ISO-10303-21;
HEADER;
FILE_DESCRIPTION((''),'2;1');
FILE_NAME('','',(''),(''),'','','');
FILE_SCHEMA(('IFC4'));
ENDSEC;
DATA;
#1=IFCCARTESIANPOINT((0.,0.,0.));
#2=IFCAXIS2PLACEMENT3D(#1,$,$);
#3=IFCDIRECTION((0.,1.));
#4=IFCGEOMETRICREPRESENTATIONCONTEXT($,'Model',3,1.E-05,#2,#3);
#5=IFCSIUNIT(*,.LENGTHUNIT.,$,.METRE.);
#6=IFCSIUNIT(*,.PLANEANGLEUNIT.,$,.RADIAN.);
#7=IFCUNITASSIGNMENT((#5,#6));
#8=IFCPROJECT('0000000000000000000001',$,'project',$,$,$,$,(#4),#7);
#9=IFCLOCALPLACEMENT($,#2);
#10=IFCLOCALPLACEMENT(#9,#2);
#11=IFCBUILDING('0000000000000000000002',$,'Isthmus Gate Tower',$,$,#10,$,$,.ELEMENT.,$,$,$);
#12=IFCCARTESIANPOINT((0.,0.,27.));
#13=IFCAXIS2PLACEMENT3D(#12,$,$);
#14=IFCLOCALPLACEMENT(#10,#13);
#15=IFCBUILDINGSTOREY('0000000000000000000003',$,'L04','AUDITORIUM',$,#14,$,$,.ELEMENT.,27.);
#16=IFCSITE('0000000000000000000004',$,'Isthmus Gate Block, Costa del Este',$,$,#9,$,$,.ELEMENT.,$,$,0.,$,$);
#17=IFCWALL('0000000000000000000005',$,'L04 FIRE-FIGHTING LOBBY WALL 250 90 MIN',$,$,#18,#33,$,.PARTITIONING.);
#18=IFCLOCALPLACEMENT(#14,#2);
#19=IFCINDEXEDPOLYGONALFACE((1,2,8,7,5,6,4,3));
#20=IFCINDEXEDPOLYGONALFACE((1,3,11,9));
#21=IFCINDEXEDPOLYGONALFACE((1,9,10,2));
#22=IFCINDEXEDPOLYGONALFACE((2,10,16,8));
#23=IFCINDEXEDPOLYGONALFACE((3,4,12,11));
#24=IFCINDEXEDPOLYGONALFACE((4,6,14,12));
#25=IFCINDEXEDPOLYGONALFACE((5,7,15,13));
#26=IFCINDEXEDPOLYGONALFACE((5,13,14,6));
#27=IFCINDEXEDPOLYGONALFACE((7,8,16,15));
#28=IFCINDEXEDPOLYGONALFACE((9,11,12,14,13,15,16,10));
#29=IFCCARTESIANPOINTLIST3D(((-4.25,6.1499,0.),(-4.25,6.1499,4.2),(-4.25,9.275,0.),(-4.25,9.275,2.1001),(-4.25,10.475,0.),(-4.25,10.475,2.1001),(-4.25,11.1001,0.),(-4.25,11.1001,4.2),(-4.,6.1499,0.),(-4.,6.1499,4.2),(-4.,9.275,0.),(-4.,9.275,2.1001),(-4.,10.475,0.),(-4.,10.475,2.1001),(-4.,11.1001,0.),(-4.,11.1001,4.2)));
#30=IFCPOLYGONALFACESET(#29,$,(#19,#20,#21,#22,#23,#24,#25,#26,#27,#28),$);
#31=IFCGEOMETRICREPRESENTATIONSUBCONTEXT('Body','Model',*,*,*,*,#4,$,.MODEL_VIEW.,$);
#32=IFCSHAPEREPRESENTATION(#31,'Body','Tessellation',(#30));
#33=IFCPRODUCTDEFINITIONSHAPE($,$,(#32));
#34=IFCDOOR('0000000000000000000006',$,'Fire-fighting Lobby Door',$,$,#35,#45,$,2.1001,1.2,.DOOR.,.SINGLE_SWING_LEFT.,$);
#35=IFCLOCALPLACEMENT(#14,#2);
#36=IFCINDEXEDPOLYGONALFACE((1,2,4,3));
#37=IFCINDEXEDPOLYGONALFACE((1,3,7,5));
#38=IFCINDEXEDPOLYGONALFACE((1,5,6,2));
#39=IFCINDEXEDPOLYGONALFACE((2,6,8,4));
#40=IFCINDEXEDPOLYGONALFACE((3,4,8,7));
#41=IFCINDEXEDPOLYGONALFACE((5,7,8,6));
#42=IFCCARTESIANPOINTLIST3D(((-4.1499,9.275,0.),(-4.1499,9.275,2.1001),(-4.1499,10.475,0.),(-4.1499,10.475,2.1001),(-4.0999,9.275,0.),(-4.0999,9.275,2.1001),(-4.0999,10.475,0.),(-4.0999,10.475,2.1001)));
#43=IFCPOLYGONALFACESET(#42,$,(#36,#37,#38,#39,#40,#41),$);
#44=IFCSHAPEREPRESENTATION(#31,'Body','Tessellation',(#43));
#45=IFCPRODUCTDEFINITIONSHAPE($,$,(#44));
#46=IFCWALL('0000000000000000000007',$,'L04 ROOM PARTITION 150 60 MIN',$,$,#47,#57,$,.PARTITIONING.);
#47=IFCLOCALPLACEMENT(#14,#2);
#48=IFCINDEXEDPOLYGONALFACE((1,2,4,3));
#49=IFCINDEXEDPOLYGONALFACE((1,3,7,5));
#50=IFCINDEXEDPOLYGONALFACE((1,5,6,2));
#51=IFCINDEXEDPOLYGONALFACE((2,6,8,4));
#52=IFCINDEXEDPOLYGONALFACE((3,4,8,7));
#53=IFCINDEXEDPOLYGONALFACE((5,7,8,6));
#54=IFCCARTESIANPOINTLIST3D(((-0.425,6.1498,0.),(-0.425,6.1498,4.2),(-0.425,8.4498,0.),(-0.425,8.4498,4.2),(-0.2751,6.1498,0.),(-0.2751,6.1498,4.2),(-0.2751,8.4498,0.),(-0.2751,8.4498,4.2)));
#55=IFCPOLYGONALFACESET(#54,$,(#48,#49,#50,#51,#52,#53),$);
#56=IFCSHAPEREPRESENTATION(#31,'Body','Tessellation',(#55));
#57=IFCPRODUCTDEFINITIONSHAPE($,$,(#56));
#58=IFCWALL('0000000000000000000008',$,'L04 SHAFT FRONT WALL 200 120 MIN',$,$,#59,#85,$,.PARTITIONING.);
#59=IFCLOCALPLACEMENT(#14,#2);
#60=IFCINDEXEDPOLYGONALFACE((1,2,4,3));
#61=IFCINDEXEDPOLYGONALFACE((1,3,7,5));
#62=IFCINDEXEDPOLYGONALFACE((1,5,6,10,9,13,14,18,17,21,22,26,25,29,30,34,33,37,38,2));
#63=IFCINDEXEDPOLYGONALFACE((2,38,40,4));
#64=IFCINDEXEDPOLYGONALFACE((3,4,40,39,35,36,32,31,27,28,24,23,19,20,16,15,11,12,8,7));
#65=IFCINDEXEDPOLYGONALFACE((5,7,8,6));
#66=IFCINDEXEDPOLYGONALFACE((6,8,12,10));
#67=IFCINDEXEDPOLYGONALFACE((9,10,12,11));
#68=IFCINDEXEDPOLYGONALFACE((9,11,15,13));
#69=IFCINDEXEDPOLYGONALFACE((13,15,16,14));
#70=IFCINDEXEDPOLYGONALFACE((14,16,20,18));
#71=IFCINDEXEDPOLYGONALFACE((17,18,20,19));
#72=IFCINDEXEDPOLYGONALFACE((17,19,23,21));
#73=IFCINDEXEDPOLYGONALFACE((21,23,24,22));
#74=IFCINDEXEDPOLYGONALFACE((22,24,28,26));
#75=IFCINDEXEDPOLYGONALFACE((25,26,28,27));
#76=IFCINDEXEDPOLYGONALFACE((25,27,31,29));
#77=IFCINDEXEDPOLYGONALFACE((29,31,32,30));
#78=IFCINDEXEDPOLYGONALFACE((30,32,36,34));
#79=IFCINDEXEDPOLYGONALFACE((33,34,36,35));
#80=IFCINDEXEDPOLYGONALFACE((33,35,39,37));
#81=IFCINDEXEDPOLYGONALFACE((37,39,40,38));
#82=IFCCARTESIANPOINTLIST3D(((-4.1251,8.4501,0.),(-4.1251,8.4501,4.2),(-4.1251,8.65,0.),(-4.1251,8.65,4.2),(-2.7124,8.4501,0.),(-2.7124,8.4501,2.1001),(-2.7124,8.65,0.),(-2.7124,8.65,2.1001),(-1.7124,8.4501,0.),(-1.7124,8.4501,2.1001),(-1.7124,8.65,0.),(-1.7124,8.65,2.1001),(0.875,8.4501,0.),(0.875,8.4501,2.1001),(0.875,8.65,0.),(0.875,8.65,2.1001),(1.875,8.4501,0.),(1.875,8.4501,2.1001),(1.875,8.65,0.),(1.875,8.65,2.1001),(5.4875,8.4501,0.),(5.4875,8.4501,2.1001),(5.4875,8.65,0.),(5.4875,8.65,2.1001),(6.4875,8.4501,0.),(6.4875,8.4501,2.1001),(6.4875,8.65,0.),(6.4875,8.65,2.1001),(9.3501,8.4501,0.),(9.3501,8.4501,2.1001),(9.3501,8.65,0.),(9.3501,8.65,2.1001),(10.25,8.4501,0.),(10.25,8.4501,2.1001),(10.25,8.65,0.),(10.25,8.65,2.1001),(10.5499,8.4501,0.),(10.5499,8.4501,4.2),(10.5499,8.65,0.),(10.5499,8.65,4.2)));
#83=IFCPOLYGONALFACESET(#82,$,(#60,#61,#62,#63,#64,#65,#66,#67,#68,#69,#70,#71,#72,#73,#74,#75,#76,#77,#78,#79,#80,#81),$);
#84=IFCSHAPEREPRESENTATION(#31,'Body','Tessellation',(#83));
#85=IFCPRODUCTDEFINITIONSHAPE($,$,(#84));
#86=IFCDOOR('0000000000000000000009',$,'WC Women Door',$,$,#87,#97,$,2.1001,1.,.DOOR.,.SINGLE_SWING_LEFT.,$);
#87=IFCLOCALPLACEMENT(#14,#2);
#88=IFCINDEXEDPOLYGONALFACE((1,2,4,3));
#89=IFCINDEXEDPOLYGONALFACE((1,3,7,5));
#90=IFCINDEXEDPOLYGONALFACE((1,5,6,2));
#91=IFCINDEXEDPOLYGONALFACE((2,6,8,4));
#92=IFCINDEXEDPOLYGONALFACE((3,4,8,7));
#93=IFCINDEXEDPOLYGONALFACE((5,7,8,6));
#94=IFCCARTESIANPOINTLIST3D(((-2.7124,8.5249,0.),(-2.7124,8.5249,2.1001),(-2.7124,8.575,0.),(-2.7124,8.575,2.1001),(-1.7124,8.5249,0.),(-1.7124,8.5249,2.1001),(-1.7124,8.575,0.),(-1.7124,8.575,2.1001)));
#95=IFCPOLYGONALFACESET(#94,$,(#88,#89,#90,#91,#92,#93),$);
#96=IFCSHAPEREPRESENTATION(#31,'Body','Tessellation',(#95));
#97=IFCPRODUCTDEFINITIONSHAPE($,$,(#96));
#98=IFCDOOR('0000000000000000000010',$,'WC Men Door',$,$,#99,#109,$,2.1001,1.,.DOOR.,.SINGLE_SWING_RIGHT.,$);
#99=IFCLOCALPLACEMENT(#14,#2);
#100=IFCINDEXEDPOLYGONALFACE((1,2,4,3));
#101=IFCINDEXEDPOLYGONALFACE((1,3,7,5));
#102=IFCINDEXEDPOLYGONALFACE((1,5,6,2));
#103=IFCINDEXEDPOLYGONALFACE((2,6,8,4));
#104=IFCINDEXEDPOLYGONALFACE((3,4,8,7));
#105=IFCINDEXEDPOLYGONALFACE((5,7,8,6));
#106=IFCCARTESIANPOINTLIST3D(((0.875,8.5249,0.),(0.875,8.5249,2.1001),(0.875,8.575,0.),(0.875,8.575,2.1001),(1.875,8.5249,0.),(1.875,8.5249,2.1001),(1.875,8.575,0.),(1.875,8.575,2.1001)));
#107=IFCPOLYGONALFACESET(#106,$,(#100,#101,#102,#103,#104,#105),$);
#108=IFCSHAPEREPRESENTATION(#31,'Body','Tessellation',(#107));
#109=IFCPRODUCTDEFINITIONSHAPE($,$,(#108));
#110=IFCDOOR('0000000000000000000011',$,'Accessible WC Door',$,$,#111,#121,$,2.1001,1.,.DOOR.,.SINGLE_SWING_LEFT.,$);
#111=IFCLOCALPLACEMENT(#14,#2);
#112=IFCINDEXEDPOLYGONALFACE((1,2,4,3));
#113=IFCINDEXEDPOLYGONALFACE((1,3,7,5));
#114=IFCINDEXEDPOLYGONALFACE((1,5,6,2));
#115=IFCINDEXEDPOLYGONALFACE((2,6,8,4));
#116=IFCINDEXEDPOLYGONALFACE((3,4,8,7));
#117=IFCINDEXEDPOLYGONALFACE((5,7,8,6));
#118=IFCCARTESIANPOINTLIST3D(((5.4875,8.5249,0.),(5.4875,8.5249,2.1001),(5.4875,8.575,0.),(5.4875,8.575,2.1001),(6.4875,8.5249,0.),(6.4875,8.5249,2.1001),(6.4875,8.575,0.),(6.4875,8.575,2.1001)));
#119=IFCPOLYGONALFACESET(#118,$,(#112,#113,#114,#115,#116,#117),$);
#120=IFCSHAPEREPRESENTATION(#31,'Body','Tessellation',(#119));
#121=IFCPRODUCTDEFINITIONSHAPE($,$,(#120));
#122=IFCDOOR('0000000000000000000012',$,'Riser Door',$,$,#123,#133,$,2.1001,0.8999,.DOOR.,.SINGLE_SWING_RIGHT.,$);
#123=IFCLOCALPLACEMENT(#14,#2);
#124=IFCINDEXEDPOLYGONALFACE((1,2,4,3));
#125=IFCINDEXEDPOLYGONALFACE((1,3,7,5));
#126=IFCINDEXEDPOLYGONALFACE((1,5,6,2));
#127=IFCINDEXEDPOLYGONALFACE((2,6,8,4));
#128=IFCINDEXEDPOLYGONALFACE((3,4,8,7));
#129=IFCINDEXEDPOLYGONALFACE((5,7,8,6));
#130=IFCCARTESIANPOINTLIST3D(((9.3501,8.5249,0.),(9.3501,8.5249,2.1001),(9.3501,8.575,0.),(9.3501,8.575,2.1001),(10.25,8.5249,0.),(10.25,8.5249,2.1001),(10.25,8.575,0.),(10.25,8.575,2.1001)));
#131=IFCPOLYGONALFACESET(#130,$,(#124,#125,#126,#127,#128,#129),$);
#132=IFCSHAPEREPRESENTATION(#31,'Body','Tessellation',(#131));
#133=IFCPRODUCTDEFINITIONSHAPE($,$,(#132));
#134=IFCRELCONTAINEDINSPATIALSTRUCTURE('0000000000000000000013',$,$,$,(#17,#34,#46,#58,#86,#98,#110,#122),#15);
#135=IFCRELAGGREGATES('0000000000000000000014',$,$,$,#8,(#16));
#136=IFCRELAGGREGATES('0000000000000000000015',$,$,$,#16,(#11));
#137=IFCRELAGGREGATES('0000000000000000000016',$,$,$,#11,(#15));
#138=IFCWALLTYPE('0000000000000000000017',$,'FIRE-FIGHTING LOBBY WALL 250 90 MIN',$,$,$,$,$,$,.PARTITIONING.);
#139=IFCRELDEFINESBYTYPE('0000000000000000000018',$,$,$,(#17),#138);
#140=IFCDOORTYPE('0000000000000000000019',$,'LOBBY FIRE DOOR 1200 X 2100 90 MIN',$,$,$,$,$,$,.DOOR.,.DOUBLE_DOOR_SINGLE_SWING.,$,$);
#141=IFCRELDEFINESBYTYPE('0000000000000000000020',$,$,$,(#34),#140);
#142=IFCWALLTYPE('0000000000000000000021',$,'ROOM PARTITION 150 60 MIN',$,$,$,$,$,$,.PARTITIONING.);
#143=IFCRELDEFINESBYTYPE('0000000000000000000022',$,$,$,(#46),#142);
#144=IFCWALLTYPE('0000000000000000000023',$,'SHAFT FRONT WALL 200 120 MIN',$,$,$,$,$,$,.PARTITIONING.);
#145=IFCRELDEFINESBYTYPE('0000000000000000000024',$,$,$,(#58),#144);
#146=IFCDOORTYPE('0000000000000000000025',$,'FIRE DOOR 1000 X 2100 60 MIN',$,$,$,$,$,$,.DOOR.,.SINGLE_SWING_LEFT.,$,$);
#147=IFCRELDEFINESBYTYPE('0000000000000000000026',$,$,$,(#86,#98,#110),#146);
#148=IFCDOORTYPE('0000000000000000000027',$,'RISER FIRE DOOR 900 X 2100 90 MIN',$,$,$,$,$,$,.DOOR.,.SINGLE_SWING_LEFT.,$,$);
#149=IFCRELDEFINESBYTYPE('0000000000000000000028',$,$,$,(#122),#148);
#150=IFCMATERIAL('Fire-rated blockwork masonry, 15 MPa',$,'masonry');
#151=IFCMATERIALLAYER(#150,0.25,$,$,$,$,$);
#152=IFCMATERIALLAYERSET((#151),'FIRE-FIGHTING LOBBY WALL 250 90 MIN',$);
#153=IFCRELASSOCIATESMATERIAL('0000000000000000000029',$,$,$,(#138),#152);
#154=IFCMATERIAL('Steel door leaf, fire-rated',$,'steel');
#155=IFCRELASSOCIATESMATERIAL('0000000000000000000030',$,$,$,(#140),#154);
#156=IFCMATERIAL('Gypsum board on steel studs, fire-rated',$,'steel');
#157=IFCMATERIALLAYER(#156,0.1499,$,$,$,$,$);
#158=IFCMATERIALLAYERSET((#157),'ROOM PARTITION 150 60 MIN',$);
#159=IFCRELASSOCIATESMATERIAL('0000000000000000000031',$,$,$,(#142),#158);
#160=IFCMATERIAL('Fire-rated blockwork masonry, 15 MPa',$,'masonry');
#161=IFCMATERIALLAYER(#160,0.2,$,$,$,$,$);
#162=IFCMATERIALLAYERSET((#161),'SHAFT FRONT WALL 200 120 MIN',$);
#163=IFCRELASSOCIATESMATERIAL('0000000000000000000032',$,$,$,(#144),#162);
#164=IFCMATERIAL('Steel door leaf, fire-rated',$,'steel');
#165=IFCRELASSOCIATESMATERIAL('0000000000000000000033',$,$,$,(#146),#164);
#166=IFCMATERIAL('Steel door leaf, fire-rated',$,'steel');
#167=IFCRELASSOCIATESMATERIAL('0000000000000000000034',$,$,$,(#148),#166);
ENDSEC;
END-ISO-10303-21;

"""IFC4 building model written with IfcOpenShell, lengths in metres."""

from ifc_helpers import new_model, si_unit, direction, frame, frame_2d, origin, place, context, subcontext, project, spatial, rectangle, extrude, material, layer, layer_set, type_object, element, fill, save


model = new_model("IFC4")

# Units and contexts
model_context = context("Model", 3, precision=1e-05, world=origin(), true_north=direction((0.0, 1.0)))
body_context = subcontext(model_context, "Body", "Model", "MODEL_VIEW")
ifc_project = project(units=[si_unit("LENGTHUNIT", "METRE"), si_unit("PLANEANGLEUNIT", "RADIAN")], contexts=[model_context])

# Site, building, storey
site_placement = place(None, origin())
site = spatial("IfcSite", under=ifc_project, at=site_placement, Name="Isthmus Gate Block, Costa del Este", CompositionType="ELEMENT", RefElevation=0.0)
building_placement = place(site_placement, origin())
building = spatial("IfcBuilding", under=site, at=building_placement, Name="Isthmus Gate Tower", CompositionType="ELEMENT")
storey_placement = place(building_placement, frame((0.0, 0.0, 27.0)))
storey = spatial("IfcBuildingStorey", under=building, at=storey_placement, Name="L04", Description="AUDITORIUM", CompositionType="ELEMENT", Elevation=27.0)

# Wall, opening, door
ifc_material_1 = material(Name="Fire-rated blockwork masonry, 15 MPa", Category="masonry")
ifc_layer_1 = layer(ifc_material_1, 0.25)
ifc_layer_set_1 = layer_set([ifc_layer_1], Name="FIRE-FIGHTING LOBBY WALL 250 90 MIN")
wall_type_1 = type_object("IfcWallType", Name="FIRE-FIGHTING LOBBY WALL 250 90 MIN", PredefinedType="PARTITIONING", material=ifc_layer_set_1)
wall_1_placement = place(storey_placement, frame((-4.125, 6.1499, 0.0), z_axis=(0.0, 0.0, 1.0), x_axis=(0.0, 1.0, 0.0)))
wall_1 = element("IfcWall", 1, at=wall_1_placement, inside=storey, type_object=wall_type_1, Name="L04 FIRE-FIGHTING LOBBY WALL 250 90 MIN", PredefinedType="PARTITIONING", context=body_context, shape_type="SweptSolid", body=[
    extrude(rectangle(XDim=4.9502, YDim=0.25, at=frame_2d((2.4751, 0.0))), origin(), (0.0, 0.0, 1.0), 4.2),
])
opening_1_placement = place(wall_1_placement, frame((3.125, 0.0, 0.0)))
opening_1 = element("IfcOpeningElement", 2, at=opening_1_placement, cuts=wall_1, PredefinedType="OPENING", context=body_context, shape_type="SweptSolid", body=[
    extrude(rectangle(XDim=1.2, YDim=2.1001, at=frame_2d((0.6001, 1.05))), frame((0.0, 0.135, 0.0), z_axis=(0.0, -1.0, 0.0), x_axis=(1.0, 0.0, 0.0)), (0.0, 0.0, 1.0), 0.27),
])
ifc_material_2 = material(Name="Steel door leaf, fire-rated", Category="steel")
door_type_1 = type_object("IfcDoorType", Name="LOBBY FIRE DOOR 1200 X 2100 90 MIN", OperationType="DOUBLE_DOOR_SINGLE_SWING", PredefinedType="DOOR", material=ifc_material_2)
door_1_placement = place(opening_1_placement, origin())
door_1 = element("IfcDoor", 3, at=door_1_placement, inside=storey, type_object=door_type_1, Name="Fire-fighting Lobby Door", OperationType="SINGLE_SWING_LEFT", OverallHeight=2.1001, OverallWidth=1.2, PredefinedType="DOOR", context=body_context, shape_type="SweptSolid", body=[
    extrude(rectangle(XDim=1.2, YDim=2.1001, at=frame_2d((0.6001, 1.05))), frame((0.0, 0.0249, 0.0), z_axis=(0.0, -1.0, 0.0), x_axis=(1.0, 0.0, 0.0)), (0.0, 0.0, 1.0), 0.05),
])
fill(opening_1, door_1)

# Wall
ifc_material_3 = material(Name="Gypsum board on steel studs, fire-rated", Category="steel")
ifc_layer_2 = layer(ifc_material_3, 0.1499)
ifc_layer_set_2 = layer_set([ifc_layer_2], Name="ROOM PARTITION 150 60 MIN")
wall_type_2 = type_object("IfcWallType", Name="ROOM PARTITION 150 60 MIN", PredefinedType="PARTITIONING", material=ifc_layer_set_2)
wall_2_placement = place(storey_placement, frame((-0.3501, 6.1499, 0.0), z_axis=(0.0, 0.0, 1.0), x_axis=(0.0, 1.0, 0.0)))
element("IfcWall", 4, at=wall_2_placement, inside=storey, type_object=wall_type_2, Name="L04 ROOM PARTITION 150 60 MIN", PredefinedType="PARTITIONING", context=body_context, shape_type="SweptSolid", body=[
    extrude(rectangle(XDim=2.3, YDim=0.1499, at=frame_2d((1.1499, 0.0))), origin(), (0.0, 0.0, 1.0), 4.2),
])

# Wall, openings, doors
ifc_material_4 = material(Name="Fire-rated blockwork masonry, 15 MPa", Category="masonry")
ifc_layer_3 = layer(ifc_material_4, 0.2)
ifc_layer_set_3 = layer_set([ifc_layer_3], Name="SHAFT FRONT WALL 200 120 MIN")
wall_type_3 = type_object("IfcWallType", Name="SHAFT FRONT WALL 200 120 MIN", PredefinedType="PARTITIONING", material=ifc_layer_set_3)
wall_3_placement = place(storey_placement, frame((-4.125, 8.55, 0.0), z_axis=(0.0, 0.0, 1.0), x_axis=(1.0, 0.0, 0.0)))
wall_3 = element("IfcWall", 5, at=wall_3_placement, inside=storey, type_object=wall_type_3, Name="L04 SHAFT FRONT WALL 200 120 MIN", PredefinedType="PARTITIONING", context=body_context, shape_type="SweptSolid", body=[
    extrude(rectangle(XDim=14.675, YDim=0.2, at=frame_2d((7.3374, 0.0))), origin(), (0.0, 0.0, 1.0), 4.2),
])
opening_2_placement = place(wall_3_placement, frame((1.4126, 0.0, 0.0)))
opening_2 = element("IfcOpeningElement", 6, at=opening_2_placement, cuts=wall_3, PredefinedType="OPENING", context=body_context, shape_type="SweptSolid", body=[
    extrude(rectangle(XDim=1.0, YDim=2.1001, at=frame_2d((0.5, 1.05))), frame((0.0, 0.1099, 0.0), z_axis=(0.0, -1.0, 0.0), x_axis=(1.0, 0.0, 0.0)), (0.0, 0.0, 1.0), 0.22),
])
opening_3_placement = place(wall_3_placement, frame((5.0, 0.0, 0.0)))
opening_3 = element("IfcOpeningElement", 7, at=opening_3_placement, cuts=wall_3, PredefinedType="OPENING", context=body_context, shape_type="SweptSolid", body=[
    extrude(rectangle(XDim=1.0, YDim=2.1001, at=frame_2d((0.5, 1.05))), frame((0.0, 0.1099, 0.0), z_axis=(0.0, -1.0, 0.0), x_axis=(1.0, 0.0, 0.0)), (0.0, 0.0, 1.0), 0.22),
])
opening_4_placement = place(wall_3_placement, frame((9.6125, 0.0, 0.0)))
opening_4 = element("IfcOpeningElement", 8, at=opening_4_placement, cuts=wall_3, PredefinedType="OPENING", context=body_context, shape_type="SweptSolid", body=[
    extrude(rectangle(XDim=1.0, YDim=2.1001, at=frame_2d((0.5, 1.05))), frame((0.0, 0.1099, 0.0), z_axis=(0.0, -1.0, 0.0), x_axis=(1.0, 0.0, 0.0)), (0.0, 0.0, 1.0), 0.22),
])
opening_5_placement = place(wall_3_placement, frame((13.4751, 0.0, 0.0)))
opening_5 = element("IfcOpeningElement", 9, at=opening_5_placement, cuts=wall_3, PredefinedType="OPENING", context=body_context, shape_type="SweptSolid", body=[
    extrude(rectangle(XDim=0.8999, YDim=2.1001, at=frame_2d((0.45, 1.05))), frame((0.0, 0.1099, 0.0), z_axis=(0.0, -1.0, 0.0), x_axis=(1.0, 0.0, 0.0)), (0.0, 0.0, 1.0), 0.22),
])
ifc_material_5 = material(Name="Steel door leaf, fire-rated", Category="steel")
door_type_2 = type_object("IfcDoorType", Name="FIRE DOOR 1000 X 2100 60 MIN", OperationType="SINGLE_SWING_LEFT", PredefinedType="DOOR", material=ifc_material_5)
door_2_placement = place(opening_2_placement, origin())
door_2 = element("IfcDoor", 10, at=door_2_placement, inside=storey, type_object=door_type_2, Name="WC Women Door", OperationType="SINGLE_SWING_LEFT", OverallHeight=2.1001, OverallWidth=1.0, PredefinedType="DOOR", context=body_context, shape_type="SweptSolid", body=[
    extrude(rectangle(XDim=1.0, YDim=2.1001, at=frame_2d((0.5, 1.05))), frame((0.0, 0.0249, 0.0), z_axis=(0.0, -1.0, 0.0), x_axis=(1.0, 0.0, 0.0)), (0.0, 0.0, 1.0), 0.05),
])
fill(opening_2, door_2)
door_3_placement = place(opening_3_placement, origin())
door_3 = element("IfcDoor", 11, at=door_3_placement, inside=storey, type_object=door_type_2, Name="WC Men Door", OperationType="SINGLE_SWING_RIGHT", OverallHeight=2.1001, OverallWidth=1.0, PredefinedType="DOOR", context=body_context, shape_type="SweptSolid", body=[
    extrude(rectangle(XDim=1.0, YDim=2.1001, at=frame_2d((0.5, 1.05))), frame((0.0, 0.0249, 0.0), z_axis=(0.0, -1.0, 0.0), x_axis=(1.0, 0.0, 0.0)), (0.0, 0.0, 1.0), 0.05),
])
fill(opening_3, door_3)
door_4_placement = place(opening_4_placement, origin())
door_4 = element("IfcDoor", 12, at=door_4_placement, inside=storey, type_object=door_type_2, Name="Accessible WC Door", OperationType="SINGLE_SWING_LEFT", OverallHeight=2.1001, OverallWidth=1.0, PredefinedType="DOOR", context=body_context, shape_type="SweptSolid", body=[
    extrude(rectangle(XDim=1.0, YDim=2.1001, at=frame_2d((0.5, 1.05))), frame((0.0, 0.0249, 0.0), z_axis=(0.0, -1.0, 0.0), x_axis=(1.0, 0.0, 0.0)), (0.0, 0.0, 1.0), 0.05),
])
fill(opening_4, door_4)
ifc_material_6 = material(Name="Steel door leaf, fire-rated", Category="steel")
door_type_3 = type_object("IfcDoorType", Name="RISER FIRE DOOR 900 X 2100 90 MIN", OperationType="SINGLE_SWING_LEFT", PredefinedType="DOOR", material=ifc_material_6)
door_5_placement = place(opening_5_placement, origin())
door_5 = element("IfcDoor", 13, at=door_5_placement, inside=storey, type_object=door_type_3, Name="Riser Door", OperationType="SINGLE_SWING_RIGHT", OverallHeight=2.1001, OverallWidth=0.8999, PredefinedType="DOOR", context=body_context, shape_type="SweptSolid", body=[
    extrude(rectangle(XDim=0.8999, YDim=2.1001, at=frame_2d((0.45, 1.05))), frame((0.0, 0.0249, 0.0), z_axis=(0.0, -1.0, 0.0), x_axis=(1.0, 0.0, 0.0)), (0.0, 0.0, 1.0), 0.05),
])
fill(opening_5, door_5)

save(model, "model.ifc")
